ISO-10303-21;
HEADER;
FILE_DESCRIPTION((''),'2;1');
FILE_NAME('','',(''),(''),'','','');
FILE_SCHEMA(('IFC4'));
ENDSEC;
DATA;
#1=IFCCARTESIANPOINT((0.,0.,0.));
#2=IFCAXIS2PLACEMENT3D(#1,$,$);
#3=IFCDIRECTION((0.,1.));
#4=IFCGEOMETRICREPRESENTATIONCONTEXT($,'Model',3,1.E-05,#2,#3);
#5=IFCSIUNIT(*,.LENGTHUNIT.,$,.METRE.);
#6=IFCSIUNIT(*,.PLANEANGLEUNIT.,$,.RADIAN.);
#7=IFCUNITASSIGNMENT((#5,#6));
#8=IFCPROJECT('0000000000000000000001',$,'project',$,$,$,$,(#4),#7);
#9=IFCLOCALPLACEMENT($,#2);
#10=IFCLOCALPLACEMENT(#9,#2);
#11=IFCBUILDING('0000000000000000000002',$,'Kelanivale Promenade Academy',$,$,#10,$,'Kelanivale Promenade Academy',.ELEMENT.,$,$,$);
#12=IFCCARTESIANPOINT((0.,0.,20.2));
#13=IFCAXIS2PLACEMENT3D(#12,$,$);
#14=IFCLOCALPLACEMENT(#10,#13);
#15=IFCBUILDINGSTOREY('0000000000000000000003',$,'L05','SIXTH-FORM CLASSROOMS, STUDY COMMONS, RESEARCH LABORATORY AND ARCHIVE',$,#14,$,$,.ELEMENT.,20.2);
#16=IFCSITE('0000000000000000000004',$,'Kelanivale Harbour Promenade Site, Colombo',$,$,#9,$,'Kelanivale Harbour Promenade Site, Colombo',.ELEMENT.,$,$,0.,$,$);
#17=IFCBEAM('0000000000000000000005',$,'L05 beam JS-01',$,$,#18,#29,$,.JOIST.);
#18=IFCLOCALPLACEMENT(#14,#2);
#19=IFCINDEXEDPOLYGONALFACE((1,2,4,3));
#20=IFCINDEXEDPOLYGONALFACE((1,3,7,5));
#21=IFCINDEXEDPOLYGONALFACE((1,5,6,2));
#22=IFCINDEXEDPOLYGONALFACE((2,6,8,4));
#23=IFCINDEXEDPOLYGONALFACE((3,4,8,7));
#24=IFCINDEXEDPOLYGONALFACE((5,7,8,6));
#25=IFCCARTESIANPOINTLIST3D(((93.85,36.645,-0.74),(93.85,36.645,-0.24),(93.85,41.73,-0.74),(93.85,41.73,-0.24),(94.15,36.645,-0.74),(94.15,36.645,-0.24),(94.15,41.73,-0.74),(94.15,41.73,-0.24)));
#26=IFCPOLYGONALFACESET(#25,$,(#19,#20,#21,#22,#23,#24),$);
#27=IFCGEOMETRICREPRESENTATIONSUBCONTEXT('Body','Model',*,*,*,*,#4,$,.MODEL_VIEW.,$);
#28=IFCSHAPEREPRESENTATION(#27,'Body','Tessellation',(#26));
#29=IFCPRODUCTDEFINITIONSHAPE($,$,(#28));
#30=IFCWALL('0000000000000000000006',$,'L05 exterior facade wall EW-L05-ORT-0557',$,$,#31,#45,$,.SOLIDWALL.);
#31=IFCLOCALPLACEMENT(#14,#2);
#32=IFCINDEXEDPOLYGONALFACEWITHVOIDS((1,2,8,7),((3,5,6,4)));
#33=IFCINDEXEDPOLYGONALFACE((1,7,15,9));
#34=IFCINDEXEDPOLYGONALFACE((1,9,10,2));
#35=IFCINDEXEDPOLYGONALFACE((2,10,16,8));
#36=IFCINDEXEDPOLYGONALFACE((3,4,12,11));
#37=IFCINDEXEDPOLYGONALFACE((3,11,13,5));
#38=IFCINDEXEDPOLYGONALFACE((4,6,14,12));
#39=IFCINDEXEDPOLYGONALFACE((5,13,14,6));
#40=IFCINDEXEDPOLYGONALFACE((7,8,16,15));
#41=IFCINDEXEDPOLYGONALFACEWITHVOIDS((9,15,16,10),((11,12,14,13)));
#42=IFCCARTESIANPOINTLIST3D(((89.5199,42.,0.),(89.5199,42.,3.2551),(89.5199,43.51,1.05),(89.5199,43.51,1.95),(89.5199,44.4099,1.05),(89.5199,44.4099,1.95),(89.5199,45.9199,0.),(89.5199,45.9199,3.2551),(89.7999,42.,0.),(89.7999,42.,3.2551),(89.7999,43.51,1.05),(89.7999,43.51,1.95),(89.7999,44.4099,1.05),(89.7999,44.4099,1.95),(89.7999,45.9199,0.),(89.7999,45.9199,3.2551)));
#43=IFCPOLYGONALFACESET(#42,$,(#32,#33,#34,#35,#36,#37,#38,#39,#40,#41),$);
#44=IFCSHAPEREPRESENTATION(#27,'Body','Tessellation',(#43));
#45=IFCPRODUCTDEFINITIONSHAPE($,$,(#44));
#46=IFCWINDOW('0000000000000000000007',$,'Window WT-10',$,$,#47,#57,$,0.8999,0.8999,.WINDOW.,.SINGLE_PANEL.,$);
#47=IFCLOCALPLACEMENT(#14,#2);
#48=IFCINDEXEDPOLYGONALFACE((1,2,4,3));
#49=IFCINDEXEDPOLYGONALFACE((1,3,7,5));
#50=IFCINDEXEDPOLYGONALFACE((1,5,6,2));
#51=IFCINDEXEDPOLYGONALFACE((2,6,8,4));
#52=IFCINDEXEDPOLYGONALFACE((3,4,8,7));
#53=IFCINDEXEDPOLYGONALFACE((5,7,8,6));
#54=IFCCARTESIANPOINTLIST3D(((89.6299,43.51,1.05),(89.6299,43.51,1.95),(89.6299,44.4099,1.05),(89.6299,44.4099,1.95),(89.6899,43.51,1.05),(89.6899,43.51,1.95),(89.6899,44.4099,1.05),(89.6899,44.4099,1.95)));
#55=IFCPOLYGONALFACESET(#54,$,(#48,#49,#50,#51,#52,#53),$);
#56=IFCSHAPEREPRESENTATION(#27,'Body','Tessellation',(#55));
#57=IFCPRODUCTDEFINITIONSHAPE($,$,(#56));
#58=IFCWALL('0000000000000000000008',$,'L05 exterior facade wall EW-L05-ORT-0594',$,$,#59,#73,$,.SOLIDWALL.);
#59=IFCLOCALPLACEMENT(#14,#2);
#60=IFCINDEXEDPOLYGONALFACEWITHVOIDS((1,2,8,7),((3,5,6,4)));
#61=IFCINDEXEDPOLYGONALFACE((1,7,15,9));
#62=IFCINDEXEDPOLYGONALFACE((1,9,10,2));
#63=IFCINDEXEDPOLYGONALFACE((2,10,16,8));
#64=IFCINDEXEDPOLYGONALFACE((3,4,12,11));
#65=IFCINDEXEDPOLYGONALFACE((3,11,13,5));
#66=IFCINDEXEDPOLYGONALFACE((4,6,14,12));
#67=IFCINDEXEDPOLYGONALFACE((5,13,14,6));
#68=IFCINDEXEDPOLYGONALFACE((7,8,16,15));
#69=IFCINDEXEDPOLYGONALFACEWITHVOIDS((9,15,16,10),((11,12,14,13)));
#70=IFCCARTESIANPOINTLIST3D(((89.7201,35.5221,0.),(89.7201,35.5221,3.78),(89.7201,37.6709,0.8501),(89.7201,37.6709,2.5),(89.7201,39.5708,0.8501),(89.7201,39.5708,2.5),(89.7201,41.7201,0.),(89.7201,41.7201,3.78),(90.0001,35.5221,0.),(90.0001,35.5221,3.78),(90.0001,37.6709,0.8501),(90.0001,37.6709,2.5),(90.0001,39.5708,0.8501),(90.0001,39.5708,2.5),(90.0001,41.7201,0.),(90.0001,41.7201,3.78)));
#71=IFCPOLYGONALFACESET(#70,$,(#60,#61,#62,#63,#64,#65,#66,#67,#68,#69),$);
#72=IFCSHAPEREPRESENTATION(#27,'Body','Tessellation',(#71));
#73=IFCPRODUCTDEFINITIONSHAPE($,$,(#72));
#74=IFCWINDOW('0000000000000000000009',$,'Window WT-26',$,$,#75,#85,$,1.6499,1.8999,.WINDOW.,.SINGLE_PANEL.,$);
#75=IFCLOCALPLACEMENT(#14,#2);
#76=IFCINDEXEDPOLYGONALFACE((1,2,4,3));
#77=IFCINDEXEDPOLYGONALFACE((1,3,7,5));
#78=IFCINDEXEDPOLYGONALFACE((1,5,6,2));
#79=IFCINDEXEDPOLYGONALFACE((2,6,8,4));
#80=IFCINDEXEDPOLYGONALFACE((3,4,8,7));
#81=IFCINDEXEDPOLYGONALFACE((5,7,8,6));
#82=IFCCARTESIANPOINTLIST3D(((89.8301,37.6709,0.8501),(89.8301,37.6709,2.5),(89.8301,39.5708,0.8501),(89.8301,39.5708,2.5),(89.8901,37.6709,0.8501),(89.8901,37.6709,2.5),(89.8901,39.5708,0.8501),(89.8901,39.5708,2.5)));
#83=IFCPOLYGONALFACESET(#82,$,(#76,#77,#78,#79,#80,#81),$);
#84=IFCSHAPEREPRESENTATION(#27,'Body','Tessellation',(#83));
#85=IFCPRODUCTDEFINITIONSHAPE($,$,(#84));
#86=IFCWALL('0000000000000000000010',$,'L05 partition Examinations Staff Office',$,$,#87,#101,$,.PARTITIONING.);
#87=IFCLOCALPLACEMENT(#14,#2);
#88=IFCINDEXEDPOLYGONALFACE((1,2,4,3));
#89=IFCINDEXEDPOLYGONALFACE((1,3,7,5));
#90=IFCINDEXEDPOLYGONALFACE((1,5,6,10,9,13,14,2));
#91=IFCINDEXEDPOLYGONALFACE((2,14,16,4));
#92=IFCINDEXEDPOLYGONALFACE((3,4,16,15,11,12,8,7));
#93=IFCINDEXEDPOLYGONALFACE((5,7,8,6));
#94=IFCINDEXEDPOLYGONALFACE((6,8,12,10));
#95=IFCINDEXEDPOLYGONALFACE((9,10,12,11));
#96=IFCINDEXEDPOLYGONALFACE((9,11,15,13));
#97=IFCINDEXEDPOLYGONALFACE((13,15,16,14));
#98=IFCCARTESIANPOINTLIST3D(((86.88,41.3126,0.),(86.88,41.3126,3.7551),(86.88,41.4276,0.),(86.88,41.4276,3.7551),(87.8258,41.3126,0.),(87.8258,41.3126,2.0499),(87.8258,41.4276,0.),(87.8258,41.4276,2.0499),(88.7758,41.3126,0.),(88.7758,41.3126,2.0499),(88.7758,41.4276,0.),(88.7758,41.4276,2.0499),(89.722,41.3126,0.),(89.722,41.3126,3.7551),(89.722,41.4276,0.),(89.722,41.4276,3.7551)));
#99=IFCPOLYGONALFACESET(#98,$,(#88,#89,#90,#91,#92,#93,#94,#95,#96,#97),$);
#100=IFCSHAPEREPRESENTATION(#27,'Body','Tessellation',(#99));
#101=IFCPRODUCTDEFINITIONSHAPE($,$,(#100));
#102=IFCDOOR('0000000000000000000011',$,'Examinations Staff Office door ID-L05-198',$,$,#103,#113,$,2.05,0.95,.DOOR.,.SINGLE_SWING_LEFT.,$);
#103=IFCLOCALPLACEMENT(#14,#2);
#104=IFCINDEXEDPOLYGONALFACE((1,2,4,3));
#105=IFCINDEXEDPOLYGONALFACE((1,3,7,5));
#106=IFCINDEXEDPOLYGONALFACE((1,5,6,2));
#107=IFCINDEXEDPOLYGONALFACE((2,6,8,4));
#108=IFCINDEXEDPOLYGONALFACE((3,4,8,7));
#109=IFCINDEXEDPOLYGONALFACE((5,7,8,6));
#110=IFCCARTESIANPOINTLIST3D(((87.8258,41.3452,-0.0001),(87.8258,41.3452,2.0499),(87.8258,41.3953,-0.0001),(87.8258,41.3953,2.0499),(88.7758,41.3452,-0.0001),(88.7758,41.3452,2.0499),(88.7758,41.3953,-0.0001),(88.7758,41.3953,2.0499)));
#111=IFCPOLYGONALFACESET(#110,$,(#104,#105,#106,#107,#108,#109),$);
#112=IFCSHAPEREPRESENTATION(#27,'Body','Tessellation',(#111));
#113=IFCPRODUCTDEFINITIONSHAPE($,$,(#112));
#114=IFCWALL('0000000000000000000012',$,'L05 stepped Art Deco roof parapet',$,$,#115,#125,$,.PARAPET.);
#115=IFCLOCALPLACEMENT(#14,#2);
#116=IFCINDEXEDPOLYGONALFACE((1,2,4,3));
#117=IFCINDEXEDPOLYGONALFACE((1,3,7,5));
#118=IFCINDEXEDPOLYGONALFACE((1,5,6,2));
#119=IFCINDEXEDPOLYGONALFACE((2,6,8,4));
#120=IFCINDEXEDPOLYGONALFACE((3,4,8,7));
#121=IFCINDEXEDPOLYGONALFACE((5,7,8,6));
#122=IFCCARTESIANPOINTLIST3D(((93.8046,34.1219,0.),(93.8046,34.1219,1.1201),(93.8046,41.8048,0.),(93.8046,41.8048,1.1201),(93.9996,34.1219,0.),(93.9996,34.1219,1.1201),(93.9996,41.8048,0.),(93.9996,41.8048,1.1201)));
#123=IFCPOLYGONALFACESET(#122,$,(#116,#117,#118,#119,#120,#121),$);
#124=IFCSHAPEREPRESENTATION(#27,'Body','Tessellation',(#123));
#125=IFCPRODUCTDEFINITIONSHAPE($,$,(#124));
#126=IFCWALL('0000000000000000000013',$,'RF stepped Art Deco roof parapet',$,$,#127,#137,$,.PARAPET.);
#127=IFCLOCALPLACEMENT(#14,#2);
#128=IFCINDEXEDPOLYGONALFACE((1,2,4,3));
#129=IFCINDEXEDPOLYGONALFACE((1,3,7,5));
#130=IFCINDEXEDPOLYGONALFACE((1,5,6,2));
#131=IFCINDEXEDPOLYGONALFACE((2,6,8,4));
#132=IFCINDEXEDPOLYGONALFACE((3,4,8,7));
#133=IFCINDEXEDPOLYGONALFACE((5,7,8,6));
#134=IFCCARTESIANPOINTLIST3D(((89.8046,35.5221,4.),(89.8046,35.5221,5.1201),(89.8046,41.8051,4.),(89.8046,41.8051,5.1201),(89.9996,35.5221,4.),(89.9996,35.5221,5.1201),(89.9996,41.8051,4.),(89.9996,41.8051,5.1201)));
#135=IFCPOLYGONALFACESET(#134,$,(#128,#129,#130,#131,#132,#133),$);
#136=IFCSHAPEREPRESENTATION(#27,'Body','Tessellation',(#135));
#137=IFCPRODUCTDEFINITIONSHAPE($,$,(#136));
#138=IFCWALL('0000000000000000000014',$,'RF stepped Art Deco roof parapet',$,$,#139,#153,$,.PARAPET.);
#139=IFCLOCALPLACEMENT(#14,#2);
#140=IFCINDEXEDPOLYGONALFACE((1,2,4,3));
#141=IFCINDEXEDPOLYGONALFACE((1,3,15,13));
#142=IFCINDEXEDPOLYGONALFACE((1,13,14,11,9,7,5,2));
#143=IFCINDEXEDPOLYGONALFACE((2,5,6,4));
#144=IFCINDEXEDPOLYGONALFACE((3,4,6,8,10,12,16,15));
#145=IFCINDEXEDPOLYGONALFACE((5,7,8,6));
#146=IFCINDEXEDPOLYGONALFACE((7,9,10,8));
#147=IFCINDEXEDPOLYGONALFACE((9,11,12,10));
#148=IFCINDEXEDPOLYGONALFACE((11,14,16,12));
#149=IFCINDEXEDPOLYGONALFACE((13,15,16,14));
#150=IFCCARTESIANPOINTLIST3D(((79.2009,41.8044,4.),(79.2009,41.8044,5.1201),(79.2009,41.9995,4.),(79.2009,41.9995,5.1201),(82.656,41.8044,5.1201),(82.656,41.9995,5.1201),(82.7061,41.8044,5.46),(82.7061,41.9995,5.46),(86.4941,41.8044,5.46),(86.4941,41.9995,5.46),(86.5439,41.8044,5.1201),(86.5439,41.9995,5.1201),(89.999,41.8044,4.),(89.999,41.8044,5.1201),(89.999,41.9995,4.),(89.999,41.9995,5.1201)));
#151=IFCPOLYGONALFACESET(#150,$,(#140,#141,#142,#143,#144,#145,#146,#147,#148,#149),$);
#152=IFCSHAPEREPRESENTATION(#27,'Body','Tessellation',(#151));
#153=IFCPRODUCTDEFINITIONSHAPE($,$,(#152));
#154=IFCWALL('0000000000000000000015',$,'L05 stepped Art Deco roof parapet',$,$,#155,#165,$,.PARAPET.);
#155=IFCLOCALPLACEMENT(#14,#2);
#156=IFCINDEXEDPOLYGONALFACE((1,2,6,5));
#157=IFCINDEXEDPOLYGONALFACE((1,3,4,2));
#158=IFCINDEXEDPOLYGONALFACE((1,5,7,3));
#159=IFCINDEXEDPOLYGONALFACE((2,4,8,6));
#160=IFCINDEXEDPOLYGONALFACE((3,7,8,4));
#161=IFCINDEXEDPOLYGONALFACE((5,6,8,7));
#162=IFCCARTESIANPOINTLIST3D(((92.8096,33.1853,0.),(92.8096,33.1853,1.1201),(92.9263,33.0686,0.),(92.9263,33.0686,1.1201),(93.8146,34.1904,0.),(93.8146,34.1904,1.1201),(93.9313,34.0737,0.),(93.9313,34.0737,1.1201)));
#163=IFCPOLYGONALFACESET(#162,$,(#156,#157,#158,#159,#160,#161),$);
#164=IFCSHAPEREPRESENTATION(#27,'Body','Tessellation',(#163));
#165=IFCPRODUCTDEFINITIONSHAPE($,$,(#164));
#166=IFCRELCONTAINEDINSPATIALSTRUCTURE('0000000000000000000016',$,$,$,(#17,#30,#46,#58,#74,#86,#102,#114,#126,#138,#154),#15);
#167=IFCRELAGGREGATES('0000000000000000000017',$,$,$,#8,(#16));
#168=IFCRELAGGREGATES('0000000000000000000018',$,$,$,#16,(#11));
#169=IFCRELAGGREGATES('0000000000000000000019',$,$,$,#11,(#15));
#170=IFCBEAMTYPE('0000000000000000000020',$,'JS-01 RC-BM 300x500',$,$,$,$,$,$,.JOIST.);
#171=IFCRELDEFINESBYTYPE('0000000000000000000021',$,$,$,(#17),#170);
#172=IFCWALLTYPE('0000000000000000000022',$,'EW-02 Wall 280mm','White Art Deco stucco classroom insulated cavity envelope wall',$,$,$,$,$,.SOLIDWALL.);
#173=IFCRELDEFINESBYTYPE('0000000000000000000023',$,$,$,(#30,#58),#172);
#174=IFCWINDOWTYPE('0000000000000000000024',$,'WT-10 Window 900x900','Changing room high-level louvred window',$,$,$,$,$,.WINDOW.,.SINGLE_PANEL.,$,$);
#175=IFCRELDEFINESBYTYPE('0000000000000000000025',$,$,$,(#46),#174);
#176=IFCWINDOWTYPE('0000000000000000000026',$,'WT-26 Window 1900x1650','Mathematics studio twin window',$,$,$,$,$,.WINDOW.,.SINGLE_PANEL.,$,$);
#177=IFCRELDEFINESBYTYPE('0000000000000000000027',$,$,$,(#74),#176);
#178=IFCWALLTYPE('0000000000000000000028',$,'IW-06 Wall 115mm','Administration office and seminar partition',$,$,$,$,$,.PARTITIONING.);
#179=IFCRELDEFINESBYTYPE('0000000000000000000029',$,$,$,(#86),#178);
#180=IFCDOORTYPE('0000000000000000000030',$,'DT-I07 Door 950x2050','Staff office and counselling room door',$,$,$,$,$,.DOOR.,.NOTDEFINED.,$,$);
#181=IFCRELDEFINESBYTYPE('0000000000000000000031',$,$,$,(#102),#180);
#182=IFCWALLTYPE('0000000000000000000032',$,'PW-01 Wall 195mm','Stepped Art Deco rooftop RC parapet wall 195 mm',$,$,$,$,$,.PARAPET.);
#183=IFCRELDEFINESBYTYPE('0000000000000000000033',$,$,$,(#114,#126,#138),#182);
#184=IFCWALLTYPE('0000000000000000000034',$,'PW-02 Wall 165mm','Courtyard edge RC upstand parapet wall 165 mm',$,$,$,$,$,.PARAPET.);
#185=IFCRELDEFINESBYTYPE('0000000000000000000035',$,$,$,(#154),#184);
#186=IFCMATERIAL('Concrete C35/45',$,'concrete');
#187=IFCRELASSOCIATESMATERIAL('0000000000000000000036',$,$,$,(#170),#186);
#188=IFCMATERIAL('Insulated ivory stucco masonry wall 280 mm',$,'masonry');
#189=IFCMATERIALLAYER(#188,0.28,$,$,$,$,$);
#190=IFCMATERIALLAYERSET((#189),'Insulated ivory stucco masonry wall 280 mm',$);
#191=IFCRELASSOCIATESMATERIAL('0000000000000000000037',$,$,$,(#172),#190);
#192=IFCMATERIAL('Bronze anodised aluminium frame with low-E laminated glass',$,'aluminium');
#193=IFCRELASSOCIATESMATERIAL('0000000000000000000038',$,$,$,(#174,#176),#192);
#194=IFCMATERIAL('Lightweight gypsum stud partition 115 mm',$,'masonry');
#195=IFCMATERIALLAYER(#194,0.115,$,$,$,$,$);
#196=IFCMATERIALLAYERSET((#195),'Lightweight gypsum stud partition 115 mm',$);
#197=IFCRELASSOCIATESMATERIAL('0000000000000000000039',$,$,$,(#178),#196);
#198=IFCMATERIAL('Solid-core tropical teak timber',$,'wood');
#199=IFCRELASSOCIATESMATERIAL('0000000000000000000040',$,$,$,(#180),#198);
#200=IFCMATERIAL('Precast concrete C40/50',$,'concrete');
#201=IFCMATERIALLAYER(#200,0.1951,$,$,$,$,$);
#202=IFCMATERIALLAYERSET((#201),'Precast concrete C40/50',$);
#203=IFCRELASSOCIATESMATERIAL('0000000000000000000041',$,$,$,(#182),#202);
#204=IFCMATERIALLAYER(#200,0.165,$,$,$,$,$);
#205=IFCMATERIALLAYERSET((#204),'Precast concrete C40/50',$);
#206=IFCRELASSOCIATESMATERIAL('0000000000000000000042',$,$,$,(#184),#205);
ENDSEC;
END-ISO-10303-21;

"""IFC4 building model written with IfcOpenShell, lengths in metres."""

from ifc_helpers import new_model, si_unit, direction, frame, frame_2d, origin, origin_2d, place, context, subcontext, project, spatial, polyline, rectangle, outline, extrude, material, layer, layer_set, material_profile, profile_set, type_object, element, fill, save


model = new_model("IFC4")

# Units and contexts
model_context = context("Model", 3, precision=1e-05, world=origin(), true_north=direction((0.0, 1.0)))
body_context = subcontext(model_context, "Body", "Model", "MODEL_VIEW")
ifc_project = project(units=[si_unit("LENGTHUNIT", "METRE"), si_unit("PLANEANGLEUNIT", "RADIAN")], contexts=[model_context])

# Site, building, storey
site_placement = place(None, origin())
site = spatial("IfcSite", under=ifc_project, at=site_placement, Name="Kelanivale Harbour Promenade Site, Colombo", LongName="Kelanivale Harbour Promenade Site, Colombo", CompositionType="ELEMENT", RefElevation=0.0)
building_placement = place(site_placement, origin())
building = spatial("IfcBuilding", under=site, at=building_placement, Name="Kelanivale Promenade Academy", LongName="Kelanivale Promenade Academy", CompositionType="ELEMENT")
storey_placement = place(building_placement, frame((0.0, 0.0, 20.2)))
storey = spatial("IfcBuildingStorey", under=building, at=storey_placement, Name="L05", Description="SIXTH-FORM CLASSROOMS, STUDY COMMONS, RESEARCH LABORATORY AND ARCHIVE", CompositionType="ELEMENT", Elevation=20.2)

# Beam
ifc_material_1 = material(Name="Concrete C35/45", Category="concrete")
ifc_material_profile = material_profile(ifc_material_1, rectangle(XDim=0.3, YDim=0.5, at=origin_2d()), Name="RC-BM 300x500")
ifc_profile_set = profile_set([ifc_material_profile], Name="Concrete C35/45")
beam_type = type_object("IfcBeamType", Name="JS-01 RC-BM 300x500", PredefinedType="JOIST", material=ifc_profile_set)
beam_placement = place(storey_placement, frame((94.0, 36.645, -0.49), z_axis=(0.0, 1.0, 0.0), x_axis=(-1.0, 0.0, 0.0)))
element("IfcBeam", 1, at=beam_placement, inside=storey, type_object=beam_type, Name="L05 beam JS-01", PredefinedType="JOIST", context=body_context, shape_type="SweptSolid", body=[
    extrude(rectangle(XDim=0.3, YDim=0.5, at=origin_2d()), origin(), (0.0, 0.0, 1.0), 5.085),
])

# Walls, openings, windows
ifc_material_2 = material(Name="Insulated ivory stucco masonry wall 280 mm", Category="masonry")
ifc_layer_1 = layer(ifc_material_2, 0.28)
ifc_layer_set_1 = layer_set([ifc_layer_1], Name="Insulated ivory stucco masonry wall 280 mm")
wall_type_1 = type_object("IfcWallType", Name="EW-02 Wall 280mm", Description="White Art Deco stucco classroom insulated cavity envelope wall", PredefinedType="SOLIDWALL", material=ifc_layer_set_1)
wall_1_placement = place(storey_placement, frame((89.6599, 42.0, 0.0), z_axis=(0.0, 0.0, 1.0), x_axis=(0.0, 1.0, 0.0)))
wall_1 = element("IfcWall", 2, at=wall_1_placement, inside=storey, type_object=wall_type_1, Name="L05 exterior facade wall EW-L05-ORT-0557", PredefinedType="SOLIDWALL", context=body_context, shape_type="SweptSolid", body=[
    extrude(rectangle(XDim=3.9199, YDim=0.28, at=frame_2d((1.96, 0.0))), origin(), (0.0, 0.0, 1.0), 3.2551),
])
opening_1_placement = place(wall_1_placement, frame((1.51, 0.0, 1.05)))
opening_1 = element("IfcOpeningElement", 3, at=opening_1_placement, cuts=wall_1, PredefinedType="OPENING", context=body_context, shape_type="SweptSolid", body=[
    extrude(rectangle(XDim=0.8999, YDim=0.8999, at=frame_2d((0.45, 0.45))), frame((0.0, 0.1499, 0.0), z_axis=(0.0, -1.0, 0.0), x_axis=(1.0, 0.0, 0.0)), (0.0, 0.0, 1.0), 0.3),
])
ifc_material_3 = material(Name="Bronze anodised aluminium frame with low-E laminated glass", Category="aluminium")
window_type_1 = type_object("IfcWindowType", Name="WT-10 Window 900x900", Description="Changing room high-level louvred window", PartitioningType="SINGLE_PANEL", PredefinedType="WINDOW", material=ifc_material_3)
window_1_placement = place(opening_1_placement, origin())
window_1 = element("IfcWindow", 4, at=window_1_placement, inside=storey, type_object=window_type_1, Name="Window WT-10", OverallHeight=0.8999, OverallWidth=0.8999, PartitioningType="SINGLE_PANEL", PredefinedType="WINDOW", context=body_context, shape_type="SweptSolid", body=[
    extrude(rectangle(XDim=0.8999, YDim=0.8999, at=frame_2d((0.45, 0.45))), frame((0.0, 0.03, 0.0), z_axis=(0.0, -1.0, 0.0), x_axis=(1.0, 0.0, 0.0)), (0.0, 0.0, 1.0), 0.0601),
])
fill(opening_1, window_1)
wall_2_placement = place(storey_placement, frame((89.8601, 35.522, 0.0), z_axis=(0.0, 0.0, 1.0), x_axis=(0.0, 1.0, 0.0)))
wall_2 = element("IfcWall", 5, at=wall_2_placement, inside=storey, type_object=wall_type_1, Name="L05 exterior facade wall EW-L05-ORT-0594", PredefinedType="SOLIDWALL", context=body_context, shape_type="SweptSolid", body=[
    extrude(rectangle(XDim=6.198, YDim=0.28, at=frame_2d((3.0991, 0.0))), origin(), (0.0, 0.0, 1.0), 3.78),
])
opening_2_placement = place(wall_2_placement, frame((2.1489, 0.0, 0.8501)))
opening_2 = element("IfcOpeningElement", 6, at=opening_2_placement, cuts=wall_2, PredefinedType="OPENING", context=body_context, shape_type="SweptSolid", body=[
    extrude(rectangle(XDim=1.8999, YDim=1.6499, at=frame_2d((0.95, 0.825))), frame((0.0, 0.1499, 0.0), z_axis=(0.0, -1.0, 0.0), x_axis=(1.0, 0.0, 0.0)), (0.0, 0.0, 1.0), 0.3),
])
window_type_2 = type_object("IfcWindowType", Name="WT-26 Window 1900x1650", Description="Mathematics studio twin window", PartitioningType="SINGLE_PANEL", PredefinedType="WINDOW", material=ifc_material_3)
window_2_placement = place(opening_2_placement, origin())
window_2 = element("IfcWindow", 7, at=window_2_placement, inside=storey, type_object=window_type_2, Name="Window WT-26", OverallHeight=1.6499, OverallWidth=1.8999, PartitioningType="SINGLE_PANEL", PredefinedType="WINDOW", context=body_context, shape_type="SweptSolid", body=[
    extrude(rectangle(XDim=1.8999, YDim=1.6499, at=frame_2d((0.95, 0.825))), frame((0.0, 0.03, 0.0), z_axis=(0.0, -1.0, 0.0), x_axis=(1.0, 0.0, 0.0)), (0.0, 0.0, 1.0), 0.0601),
])
fill(opening_2, window_2)

# Wall, opening, door
ifc_material_4 = material(Name="Lightweight gypsum stud partition 115 mm", Category="masonry")
ifc_layer_2 = layer(ifc_material_4, 0.115)
ifc_layer_set_2 = layer_set([ifc_layer_2], Name="Lightweight gypsum stud partition 115 mm")
wall_type_2 = type_object("IfcWallType", Name="IW-06 Wall 115mm", Description="Administration office and seminar partition", PredefinedType="PARTITIONING", material=ifc_layer_set_2)
wall_3_placement = place(storey_placement, frame((89.7219, 41.3701, 0.0), z_axis=(0.0, 0.0, 1.0), x_axis=(-1.0, 0.0, 0.0)))
wall_3 = element("IfcWall", 8, at=wall_3_placement, inside=storey, type_object=wall_type_2, Name="L05 partition Examinations Staff Office", PredefinedType="PARTITIONING", context=body_context, shape_type="SweptSolid", body=[
    extrude(rectangle(XDim=2.842, YDim=0.115, at=frame_2d((1.4209, 0.0))), origin(), (0.0, 0.0, 1.0), 3.7551),
])
opening_3_placement = place(wall_3_placement, frame((0.946, 0.0, 0.0)))
opening_3 = element("IfcOpeningElement", 9, at=opening_3_placement, cuts=wall_3, PredefinedType="OPENING", context=body_context, shape_type="SweptSolid", body=[
    extrude(rectangle(XDim=0.95, YDim=2.05, at=frame_2d((0.4751, 1.0249))), frame((0.0, 0.0674, 0.0), z_axis=(0.0, -1.0, 0.0), x_axis=(1.0, 0.0, 0.0)), (0.0, 0.0, 1.0), 0.135),
])
ifc_material_5 = material(Name="Solid-core tropical teak timber", Category="wood")
door_type = type_object("IfcDoorType", Name="DT-I07 Door 950x2050", Description="Staff office and counselling room door", OperationType="NOTDEFINED", PredefinedType="DOOR", material=ifc_material_5)
door_placement = place(opening_3_placement, origin())
door = element("IfcDoor", 10, at=door_placement, inside=storey, type_object=door_type, Name="Examinations Staff Office door ID-L05-198", OperationType="SINGLE_SWING_LEFT", OverallHeight=2.05, OverallWidth=0.95, PredefinedType="DOOR", context=body_context, shape_type="SweptSolid", body=[
    extrude(rectangle(XDim=0.95, YDim=2.05, at=frame_2d((0.4751, 1.0249))), frame((0.0, 0.0249, 0.0), z_axis=(0.0, -1.0, 0.0), x_axis=(1.0, 0.0, 0.0)), (0.0, 0.0, 1.0), 0.05),
])
fill(opening_3, door)

# Walls
ifc_material_6 = material(Name="Precast concrete C40/50", Category="concrete")
ifc_layer_3 = layer(ifc_material_6, 0.1951)
ifc_layer_set_3 = layer_set([ifc_layer_3], Name="Precast concrete C40/50")
wall_type_3 = type_object("IfcWallType", Name="PW-01 Wall 195mm", Description="Stepped Art Deco rooftop RC parapet wall 195 mm", PredefinedType="PARAPET", material=ifc_layer_set_3)
wall_4_placement = place(storey_placement, frame((93.9021, 34.1221, 0.0), z_axis=(0.0, 0.0, 1.0), x_axis=(0.0, 1.0, 0.0)))
element("IfcWall", 11, at=wall_4_placement, inside=storey, type_object=wall_type_3, Name="L05 stepped Art Deco roof parapet", PredefinedType="PARAPET", context=body_context, shape_type="SweptSolid", body=[
    extrude(rectangle(XDim=7.6829, YDim=0.1951, at=frame_2d((3.8413, 0.0))), origin(), (0.0, 0.0, 1.0), 1.1201),
])
wall_5_placement = place(storey_placement, frame((89.9021, 35.522, 4.0), z_axis=(0.0, 0.0, 1.0), x_axis=(0.0, 1.0, 0.0)))
element("IfcWall", 12, at=wall_5_placement, inside=storey, type_object=wall_type_3, Name="RF stepped Art Deco roof parapet", PredefinedType="PARAPET", context=body_context, shape_type="SweptSolid", body=[
    extrude(rectangle(XDim=6.283, YDim=0.1951, at=frame_2d((3.1416, 0.0))), origin(), (0.0, 0.0, 1.0), 1.1201),
])
wall_6_placement = place(storey_placement, frame((89.999, 41.9021, 4.0), z_axis=(0.0, 0.0, 1.0), x_axis=(-1.0, 0.0, 0.0)))
element("IfcWall", 13, at=wall_6_placement, inside=storey, type_object=wall_type_3, Name="RF stepped Art Deco roof parapet", PredefinedType="PARAPET", context=body_context, shape_type="SweptSolid", body=[
    extrude(outline(polyline([(0.0, 0.0), (10.7981, 0.0), (10.7981, 1.1201), (7.343, 1.1201), (7.293, 1.46), (3.5049, 1.46), (3.4551, 1.1201), (0.0, 1.1201), (0.0, 0.0)])), frame((0.0, 0.0977, 0.0), z_axis=(0.0, -1.0, 0.0), x_axis=(1.0, 0.0, 0.0)), (0.0, 0.0, 1.0), 0.1951),
])
ifc_layer_4 = layer(ifc_material_6, 0.165)
ifc_layer_set_4 = layer_set([ifc_layer_4], Name="Precast concrete C40/50")
wall_type_4 = type_object("IfcWallType", Name="PW-02 Wall 165mm", Description="Courtyard edge RC upstand parapet wall 165 mm", PredefinedType="PARAPET", material=ifc_layer_set_4)
wall_7_placement = place(storey_placement, frame((92.8679, 33.127, 0.0), z_axis=(0.0, 0.0, 1.0), x_axis=(0.707107, 0.707107, 0.0)))
element("IfcWall", 14, at=wall_7_placement, inside=storey, type_object=wall_type_4, Name="L05 stepped Art Deco roof parapet", PredefinedType="PARAPET", context=body_context, shape_type="SweptSolid", body=[
    extrude(rectangle(XDim=1.4214, YDim=0.165, at=frame_2d((0.7107, 0.0))), origin(), (0.0, 0.0, 1.0), 1.1201),
])

save(model, "model.ifc")
